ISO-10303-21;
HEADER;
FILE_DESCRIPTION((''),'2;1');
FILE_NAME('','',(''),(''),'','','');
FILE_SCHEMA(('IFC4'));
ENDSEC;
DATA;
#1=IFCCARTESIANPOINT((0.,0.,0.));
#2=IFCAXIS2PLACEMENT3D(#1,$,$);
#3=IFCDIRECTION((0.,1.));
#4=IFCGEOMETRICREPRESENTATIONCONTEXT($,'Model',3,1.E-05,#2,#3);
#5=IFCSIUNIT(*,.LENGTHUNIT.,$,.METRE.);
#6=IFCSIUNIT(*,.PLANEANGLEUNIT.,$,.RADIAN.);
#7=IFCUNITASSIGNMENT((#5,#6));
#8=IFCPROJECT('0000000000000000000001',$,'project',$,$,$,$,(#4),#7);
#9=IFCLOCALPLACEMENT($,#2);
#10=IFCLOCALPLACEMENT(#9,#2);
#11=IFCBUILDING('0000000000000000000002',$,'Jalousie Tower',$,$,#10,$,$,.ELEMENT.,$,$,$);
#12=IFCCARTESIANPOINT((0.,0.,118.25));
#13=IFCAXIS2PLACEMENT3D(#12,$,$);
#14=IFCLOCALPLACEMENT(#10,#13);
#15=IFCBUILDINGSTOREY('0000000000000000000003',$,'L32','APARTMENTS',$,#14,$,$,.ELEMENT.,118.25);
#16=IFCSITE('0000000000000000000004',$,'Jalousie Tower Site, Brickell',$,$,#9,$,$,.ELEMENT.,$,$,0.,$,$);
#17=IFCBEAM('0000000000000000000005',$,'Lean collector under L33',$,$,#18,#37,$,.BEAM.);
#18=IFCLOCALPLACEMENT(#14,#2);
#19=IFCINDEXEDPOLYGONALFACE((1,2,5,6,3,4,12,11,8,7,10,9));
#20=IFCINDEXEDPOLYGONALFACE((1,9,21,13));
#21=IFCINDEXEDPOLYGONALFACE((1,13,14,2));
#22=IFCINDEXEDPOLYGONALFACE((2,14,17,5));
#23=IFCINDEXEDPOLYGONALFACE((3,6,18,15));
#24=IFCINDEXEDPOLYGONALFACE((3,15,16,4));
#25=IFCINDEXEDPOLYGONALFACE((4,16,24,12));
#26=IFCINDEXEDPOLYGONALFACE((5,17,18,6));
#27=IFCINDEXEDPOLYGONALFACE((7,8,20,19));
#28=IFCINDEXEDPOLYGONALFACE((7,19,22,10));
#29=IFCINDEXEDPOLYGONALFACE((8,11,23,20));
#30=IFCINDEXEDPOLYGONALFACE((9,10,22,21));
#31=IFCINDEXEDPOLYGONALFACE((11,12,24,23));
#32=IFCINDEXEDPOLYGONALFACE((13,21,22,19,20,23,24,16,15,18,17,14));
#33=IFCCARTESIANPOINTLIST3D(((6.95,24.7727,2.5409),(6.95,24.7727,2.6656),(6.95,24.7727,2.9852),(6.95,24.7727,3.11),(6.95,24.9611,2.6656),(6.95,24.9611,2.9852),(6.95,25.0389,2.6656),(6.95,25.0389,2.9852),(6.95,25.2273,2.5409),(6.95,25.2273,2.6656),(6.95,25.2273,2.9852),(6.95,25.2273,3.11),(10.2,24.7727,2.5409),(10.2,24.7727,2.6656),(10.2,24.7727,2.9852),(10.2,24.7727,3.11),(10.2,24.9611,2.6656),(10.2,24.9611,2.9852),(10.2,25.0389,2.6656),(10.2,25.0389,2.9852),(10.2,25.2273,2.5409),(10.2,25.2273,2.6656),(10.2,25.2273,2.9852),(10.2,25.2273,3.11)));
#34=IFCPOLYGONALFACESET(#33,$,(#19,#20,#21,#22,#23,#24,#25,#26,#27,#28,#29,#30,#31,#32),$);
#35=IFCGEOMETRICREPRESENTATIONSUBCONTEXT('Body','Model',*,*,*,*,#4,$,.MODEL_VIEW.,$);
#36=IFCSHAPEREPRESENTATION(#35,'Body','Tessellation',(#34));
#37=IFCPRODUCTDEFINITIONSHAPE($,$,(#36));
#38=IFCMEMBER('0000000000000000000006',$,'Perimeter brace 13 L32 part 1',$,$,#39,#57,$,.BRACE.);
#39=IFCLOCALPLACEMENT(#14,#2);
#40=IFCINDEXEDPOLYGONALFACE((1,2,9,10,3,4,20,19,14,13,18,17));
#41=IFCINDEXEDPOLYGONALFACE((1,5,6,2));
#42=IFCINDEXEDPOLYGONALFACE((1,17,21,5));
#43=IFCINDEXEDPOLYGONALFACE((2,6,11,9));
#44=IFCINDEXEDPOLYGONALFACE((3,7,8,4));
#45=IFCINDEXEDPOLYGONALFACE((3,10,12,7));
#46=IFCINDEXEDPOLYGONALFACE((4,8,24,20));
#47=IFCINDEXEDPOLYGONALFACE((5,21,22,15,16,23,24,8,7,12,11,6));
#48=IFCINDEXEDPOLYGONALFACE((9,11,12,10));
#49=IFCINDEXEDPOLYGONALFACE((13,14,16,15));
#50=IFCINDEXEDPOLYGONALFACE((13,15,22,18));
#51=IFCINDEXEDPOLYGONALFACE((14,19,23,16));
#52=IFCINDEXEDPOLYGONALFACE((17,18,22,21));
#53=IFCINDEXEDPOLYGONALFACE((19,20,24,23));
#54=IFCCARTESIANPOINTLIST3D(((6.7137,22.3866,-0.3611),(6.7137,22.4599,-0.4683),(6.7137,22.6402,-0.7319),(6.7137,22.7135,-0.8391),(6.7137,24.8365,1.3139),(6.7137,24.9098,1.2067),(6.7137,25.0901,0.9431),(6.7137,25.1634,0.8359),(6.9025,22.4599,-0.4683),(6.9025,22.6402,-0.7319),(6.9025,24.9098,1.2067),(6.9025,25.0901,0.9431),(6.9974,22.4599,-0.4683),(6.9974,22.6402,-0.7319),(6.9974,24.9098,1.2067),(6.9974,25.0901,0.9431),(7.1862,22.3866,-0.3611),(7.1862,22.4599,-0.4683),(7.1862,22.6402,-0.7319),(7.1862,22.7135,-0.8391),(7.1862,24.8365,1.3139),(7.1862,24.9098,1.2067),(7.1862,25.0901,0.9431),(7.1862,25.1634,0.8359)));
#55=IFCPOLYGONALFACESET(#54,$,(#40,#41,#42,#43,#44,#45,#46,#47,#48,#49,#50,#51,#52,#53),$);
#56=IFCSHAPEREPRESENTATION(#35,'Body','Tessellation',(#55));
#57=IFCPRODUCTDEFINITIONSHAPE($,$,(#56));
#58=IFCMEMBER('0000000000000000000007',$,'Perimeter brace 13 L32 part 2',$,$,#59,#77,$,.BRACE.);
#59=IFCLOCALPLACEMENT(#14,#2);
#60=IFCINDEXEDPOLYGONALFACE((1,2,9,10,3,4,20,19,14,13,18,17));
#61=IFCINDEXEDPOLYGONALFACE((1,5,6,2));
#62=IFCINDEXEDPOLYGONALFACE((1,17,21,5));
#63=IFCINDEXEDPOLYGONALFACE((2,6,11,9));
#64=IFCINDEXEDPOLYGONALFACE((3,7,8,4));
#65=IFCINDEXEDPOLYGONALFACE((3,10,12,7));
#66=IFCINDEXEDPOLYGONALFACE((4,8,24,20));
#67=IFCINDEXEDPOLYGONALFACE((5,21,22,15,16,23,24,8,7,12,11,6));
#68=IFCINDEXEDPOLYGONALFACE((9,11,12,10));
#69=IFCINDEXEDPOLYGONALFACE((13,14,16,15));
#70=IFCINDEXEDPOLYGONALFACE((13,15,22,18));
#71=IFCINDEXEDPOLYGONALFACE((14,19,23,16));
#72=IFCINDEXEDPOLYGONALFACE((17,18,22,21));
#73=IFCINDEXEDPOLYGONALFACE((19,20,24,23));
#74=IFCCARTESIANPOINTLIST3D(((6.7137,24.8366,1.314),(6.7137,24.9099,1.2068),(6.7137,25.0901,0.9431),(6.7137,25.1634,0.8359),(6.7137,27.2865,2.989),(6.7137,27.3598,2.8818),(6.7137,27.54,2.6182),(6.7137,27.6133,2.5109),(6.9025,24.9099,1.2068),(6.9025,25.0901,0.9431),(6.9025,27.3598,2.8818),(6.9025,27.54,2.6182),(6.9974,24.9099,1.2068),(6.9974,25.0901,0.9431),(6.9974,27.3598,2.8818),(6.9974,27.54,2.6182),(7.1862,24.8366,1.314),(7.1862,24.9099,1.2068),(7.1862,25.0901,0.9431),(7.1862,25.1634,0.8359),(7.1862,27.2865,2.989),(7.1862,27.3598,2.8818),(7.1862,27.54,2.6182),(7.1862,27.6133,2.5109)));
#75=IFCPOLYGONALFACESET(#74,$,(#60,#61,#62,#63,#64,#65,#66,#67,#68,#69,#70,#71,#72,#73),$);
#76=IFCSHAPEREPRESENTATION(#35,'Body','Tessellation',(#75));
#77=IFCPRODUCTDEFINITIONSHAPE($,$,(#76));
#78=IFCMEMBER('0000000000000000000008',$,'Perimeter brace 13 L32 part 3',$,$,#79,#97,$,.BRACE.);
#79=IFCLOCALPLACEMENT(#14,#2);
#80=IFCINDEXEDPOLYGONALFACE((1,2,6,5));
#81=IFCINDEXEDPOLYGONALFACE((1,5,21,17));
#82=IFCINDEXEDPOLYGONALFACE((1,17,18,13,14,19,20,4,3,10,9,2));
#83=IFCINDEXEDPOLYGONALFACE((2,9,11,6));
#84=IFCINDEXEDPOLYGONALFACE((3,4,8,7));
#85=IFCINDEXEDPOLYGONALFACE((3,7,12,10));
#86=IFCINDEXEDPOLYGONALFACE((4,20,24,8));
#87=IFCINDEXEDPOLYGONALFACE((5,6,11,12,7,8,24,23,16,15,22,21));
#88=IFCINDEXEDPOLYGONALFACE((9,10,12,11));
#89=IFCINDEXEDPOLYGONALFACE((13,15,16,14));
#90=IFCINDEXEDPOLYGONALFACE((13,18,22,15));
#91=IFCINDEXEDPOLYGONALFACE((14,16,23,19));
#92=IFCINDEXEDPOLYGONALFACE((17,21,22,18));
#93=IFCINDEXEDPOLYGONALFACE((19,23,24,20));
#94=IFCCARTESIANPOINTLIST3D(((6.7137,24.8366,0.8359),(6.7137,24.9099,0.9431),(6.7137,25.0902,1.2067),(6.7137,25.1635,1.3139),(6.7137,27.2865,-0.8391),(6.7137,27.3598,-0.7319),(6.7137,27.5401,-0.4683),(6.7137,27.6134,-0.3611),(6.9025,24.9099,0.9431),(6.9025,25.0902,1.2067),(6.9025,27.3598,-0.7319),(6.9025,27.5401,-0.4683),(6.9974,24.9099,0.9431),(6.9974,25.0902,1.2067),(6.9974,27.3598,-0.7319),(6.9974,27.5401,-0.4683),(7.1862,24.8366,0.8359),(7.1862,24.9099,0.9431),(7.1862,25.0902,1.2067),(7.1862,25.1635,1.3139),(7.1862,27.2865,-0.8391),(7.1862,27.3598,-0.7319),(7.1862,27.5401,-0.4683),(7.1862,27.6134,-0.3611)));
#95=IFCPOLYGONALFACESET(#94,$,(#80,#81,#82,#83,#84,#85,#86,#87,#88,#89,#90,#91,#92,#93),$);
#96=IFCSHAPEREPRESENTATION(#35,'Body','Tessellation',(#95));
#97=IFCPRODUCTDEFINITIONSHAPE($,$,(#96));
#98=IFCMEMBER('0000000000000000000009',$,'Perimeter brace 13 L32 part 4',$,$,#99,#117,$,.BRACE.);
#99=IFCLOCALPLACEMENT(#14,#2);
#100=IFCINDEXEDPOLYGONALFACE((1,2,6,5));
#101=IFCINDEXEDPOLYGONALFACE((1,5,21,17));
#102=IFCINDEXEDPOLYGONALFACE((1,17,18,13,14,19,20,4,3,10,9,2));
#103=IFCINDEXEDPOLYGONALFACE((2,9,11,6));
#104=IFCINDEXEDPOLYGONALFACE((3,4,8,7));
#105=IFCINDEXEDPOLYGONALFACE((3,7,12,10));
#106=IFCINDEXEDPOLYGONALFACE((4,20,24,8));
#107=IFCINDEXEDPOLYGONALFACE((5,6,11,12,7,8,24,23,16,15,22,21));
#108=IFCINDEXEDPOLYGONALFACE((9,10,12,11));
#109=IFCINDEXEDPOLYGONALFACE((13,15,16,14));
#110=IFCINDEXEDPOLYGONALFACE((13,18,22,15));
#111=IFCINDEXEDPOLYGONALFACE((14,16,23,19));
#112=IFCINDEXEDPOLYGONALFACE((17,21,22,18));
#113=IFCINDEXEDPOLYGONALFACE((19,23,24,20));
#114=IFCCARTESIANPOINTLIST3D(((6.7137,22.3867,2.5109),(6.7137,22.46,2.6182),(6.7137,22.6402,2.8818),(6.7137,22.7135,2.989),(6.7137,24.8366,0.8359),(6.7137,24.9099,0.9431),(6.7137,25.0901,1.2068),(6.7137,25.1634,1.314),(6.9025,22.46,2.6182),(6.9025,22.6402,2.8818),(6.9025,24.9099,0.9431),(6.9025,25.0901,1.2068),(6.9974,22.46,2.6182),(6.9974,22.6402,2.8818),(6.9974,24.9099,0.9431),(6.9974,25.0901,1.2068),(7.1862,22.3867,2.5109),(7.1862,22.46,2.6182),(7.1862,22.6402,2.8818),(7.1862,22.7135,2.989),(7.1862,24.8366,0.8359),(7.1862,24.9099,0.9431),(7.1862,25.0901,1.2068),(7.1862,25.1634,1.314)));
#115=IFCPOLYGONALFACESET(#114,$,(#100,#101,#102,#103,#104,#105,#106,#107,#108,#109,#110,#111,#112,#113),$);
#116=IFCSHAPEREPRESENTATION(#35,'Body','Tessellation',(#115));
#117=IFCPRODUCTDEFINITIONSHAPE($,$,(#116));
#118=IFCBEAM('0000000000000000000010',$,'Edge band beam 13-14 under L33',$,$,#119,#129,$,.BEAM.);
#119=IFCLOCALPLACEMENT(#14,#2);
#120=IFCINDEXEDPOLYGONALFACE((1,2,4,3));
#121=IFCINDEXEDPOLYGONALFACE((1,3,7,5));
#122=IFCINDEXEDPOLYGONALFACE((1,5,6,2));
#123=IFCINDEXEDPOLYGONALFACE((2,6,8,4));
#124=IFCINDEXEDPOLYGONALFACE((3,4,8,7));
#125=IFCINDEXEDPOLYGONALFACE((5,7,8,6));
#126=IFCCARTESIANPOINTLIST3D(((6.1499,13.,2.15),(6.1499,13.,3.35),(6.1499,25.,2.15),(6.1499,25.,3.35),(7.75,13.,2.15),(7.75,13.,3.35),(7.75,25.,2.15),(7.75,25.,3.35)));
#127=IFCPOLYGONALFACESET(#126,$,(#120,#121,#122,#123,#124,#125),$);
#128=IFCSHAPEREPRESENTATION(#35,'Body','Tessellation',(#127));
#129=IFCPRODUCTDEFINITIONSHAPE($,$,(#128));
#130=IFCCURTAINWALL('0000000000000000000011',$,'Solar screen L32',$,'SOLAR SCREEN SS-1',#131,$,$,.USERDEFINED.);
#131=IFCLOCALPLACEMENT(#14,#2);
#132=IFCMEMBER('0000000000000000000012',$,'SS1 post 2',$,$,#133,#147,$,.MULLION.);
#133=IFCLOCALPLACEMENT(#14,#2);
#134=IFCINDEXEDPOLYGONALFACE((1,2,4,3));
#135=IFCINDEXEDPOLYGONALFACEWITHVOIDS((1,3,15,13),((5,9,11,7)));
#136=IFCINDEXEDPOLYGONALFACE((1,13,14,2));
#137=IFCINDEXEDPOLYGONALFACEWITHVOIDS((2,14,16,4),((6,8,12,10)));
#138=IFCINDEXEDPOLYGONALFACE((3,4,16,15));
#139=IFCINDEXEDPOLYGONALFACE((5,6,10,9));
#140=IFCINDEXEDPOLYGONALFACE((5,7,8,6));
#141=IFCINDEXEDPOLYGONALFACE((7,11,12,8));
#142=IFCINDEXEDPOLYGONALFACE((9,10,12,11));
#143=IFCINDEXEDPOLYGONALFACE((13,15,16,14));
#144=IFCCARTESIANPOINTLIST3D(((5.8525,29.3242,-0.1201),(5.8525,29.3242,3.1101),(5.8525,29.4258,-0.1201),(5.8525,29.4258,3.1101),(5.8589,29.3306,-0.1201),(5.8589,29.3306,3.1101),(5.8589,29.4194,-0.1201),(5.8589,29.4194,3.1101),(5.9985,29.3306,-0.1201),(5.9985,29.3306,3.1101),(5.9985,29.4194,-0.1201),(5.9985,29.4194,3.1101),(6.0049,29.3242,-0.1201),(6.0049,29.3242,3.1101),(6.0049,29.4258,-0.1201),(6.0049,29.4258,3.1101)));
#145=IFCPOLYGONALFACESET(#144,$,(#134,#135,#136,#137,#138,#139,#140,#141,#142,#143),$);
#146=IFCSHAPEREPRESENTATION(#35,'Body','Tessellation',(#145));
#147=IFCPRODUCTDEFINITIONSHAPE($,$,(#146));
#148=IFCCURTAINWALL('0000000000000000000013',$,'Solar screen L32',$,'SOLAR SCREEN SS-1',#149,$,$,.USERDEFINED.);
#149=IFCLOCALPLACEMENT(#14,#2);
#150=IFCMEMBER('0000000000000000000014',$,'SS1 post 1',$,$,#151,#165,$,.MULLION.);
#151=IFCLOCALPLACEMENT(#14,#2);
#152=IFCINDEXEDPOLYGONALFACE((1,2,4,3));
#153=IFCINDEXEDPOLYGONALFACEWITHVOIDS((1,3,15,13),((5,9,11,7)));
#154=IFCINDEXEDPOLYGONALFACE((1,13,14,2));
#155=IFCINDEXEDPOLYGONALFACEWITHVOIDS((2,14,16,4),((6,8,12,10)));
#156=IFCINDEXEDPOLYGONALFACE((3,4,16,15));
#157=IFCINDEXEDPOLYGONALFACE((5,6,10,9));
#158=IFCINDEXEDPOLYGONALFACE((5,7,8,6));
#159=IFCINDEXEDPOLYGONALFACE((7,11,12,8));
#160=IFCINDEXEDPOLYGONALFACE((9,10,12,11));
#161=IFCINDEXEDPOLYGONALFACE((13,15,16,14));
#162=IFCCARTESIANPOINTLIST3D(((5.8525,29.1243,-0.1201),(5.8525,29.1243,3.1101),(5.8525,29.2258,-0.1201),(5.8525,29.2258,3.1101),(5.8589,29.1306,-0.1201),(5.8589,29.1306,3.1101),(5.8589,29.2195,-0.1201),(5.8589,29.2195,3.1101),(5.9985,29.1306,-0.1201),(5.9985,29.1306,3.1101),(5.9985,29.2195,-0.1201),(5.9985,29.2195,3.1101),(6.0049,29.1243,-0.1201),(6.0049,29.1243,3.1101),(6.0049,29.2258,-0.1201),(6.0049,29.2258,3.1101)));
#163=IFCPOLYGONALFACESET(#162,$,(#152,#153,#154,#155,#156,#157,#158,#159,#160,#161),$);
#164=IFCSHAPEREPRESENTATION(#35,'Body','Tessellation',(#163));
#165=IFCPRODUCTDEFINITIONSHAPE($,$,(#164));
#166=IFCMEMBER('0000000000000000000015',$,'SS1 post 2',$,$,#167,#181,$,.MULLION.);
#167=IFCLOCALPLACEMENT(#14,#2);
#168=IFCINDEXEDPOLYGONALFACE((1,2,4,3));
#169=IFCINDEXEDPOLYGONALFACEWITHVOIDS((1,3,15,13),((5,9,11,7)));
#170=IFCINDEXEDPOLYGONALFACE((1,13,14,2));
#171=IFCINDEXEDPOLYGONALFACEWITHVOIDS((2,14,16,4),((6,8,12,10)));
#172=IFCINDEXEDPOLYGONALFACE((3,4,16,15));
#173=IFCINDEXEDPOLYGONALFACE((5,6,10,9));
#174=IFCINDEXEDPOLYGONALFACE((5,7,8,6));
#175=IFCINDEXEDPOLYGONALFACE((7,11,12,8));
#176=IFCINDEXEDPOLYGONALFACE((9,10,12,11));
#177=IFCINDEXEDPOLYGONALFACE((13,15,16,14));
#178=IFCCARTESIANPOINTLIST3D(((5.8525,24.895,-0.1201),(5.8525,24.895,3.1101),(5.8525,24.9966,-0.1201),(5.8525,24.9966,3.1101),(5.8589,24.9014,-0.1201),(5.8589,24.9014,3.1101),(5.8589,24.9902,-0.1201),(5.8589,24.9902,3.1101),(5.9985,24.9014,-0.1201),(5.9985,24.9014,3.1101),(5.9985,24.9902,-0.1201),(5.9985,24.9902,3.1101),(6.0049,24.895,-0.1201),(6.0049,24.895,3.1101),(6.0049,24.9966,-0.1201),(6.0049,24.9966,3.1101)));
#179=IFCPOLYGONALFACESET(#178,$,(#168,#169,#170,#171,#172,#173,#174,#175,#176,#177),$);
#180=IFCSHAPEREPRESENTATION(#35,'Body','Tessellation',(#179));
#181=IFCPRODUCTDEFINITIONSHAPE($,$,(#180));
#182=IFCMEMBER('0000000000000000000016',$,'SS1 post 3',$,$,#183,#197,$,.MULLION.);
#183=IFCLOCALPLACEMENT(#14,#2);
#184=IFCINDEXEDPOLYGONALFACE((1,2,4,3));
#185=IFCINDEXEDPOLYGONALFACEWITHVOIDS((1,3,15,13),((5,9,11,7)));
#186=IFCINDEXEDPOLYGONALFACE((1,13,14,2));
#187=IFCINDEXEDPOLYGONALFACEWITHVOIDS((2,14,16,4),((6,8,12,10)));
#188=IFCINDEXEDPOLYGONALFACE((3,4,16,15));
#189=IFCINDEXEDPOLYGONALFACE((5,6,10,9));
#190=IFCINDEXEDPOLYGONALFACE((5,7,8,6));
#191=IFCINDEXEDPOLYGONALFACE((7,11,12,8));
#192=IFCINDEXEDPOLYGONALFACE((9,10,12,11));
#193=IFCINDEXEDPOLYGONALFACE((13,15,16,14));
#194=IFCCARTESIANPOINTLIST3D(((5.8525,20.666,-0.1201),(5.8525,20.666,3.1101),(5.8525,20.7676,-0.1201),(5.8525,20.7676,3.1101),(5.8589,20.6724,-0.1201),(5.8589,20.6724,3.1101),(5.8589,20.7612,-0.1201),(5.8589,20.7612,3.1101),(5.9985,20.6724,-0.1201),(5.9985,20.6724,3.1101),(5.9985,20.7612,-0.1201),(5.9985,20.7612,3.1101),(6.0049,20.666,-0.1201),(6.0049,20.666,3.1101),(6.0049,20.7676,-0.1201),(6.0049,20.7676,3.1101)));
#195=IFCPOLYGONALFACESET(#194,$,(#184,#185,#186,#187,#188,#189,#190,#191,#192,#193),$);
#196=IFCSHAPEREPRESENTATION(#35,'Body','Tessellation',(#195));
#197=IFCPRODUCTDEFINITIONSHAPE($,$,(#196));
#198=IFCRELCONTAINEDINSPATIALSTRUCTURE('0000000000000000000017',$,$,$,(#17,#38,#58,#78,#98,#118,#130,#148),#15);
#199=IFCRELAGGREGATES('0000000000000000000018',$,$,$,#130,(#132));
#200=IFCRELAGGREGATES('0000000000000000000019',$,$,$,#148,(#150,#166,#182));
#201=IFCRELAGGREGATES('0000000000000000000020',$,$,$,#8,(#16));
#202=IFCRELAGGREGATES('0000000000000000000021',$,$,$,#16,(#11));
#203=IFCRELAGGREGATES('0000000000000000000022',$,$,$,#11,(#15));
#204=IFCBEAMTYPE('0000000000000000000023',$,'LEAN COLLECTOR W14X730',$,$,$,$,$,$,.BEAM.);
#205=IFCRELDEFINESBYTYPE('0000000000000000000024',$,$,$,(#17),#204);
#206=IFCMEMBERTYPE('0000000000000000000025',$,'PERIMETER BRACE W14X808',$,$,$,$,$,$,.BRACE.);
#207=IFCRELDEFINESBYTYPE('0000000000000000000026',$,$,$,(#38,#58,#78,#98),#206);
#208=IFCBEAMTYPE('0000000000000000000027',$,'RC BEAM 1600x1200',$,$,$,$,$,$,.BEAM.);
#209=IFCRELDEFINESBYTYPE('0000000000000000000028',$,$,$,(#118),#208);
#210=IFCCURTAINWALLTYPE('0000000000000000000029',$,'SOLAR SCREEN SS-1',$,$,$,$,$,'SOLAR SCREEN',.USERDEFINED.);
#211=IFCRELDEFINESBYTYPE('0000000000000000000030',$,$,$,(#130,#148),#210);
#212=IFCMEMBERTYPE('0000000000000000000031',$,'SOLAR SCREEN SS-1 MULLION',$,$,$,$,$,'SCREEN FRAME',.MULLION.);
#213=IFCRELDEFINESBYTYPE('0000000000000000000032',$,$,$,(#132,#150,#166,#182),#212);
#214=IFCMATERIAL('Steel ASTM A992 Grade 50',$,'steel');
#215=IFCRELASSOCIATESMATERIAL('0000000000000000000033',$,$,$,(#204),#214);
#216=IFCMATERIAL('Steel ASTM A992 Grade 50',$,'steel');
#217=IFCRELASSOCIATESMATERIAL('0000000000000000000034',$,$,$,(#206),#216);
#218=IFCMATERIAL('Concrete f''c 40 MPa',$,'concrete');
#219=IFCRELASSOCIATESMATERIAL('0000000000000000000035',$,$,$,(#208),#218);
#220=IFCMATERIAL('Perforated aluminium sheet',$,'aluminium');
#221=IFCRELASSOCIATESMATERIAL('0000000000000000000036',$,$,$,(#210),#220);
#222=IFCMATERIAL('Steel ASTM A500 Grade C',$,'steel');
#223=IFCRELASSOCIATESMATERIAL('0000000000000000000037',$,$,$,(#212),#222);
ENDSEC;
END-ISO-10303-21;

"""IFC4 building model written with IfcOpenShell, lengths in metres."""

from ifc_helpers import new_model, si_unit, direction, frame, origin, origin_2d, place, context, subcontext, project, spatial, rectangle, hollow_rectangle, i_section, extrude, material, material_profile, profile_set, type_object, element, aggregate, save


model = new_model("IFC4")

# Units and contexts
model_context = context("Model", 3, precision=1e-05, world=origin(), true_north=direction((0.0, 1.0)))
body_context = subcontext(model_context, "Body", "Model", "MODEL_VIEW")
ifc_project = project(units=[si_unit("LENGTHUNIT", "METRE"), si_unit("PLANEANGLEUNIT", "RADIAN")], contexts=[model_context])

# Site, building, storey
site_placement = place(None, origin())
site = spatial("IfcSite", under=ifc_project, at=site_placement, Name="Jalousie Tower Site, Brickell", CompositionType="ELEMENT", RefElevation=0.0)
building_placement = place(site_placement, origin())
building = spatial("IfcBuilding", under=site, at=building_placement, Name="Jalousie Tower", CompositionType="ELEMENT")
storey_placement = place(building_placement, frame((0.0, 0.0, 118.25)))
storey = spatial("IfcBuildingStorey", under=building, at=storey_placement, Name="L32", Description="APARTMENTS", CompositionType="ELEMENT", Elevation=118.25)

# Beam
ifc_material_1 = material(Name="Steel ASTM A992 Grade 50", Category="steel")
ifc_material_profile_1 = material_profile(ifc_material_1, i_section(OverallWidth=0.4546, OverallDepth=0.5691, WebThickness=0.0779, FlangeThickness=0.1248, at=origin_2d()), Name="W14X730")
ifc_profile_set_1 = profile_set([ifc_material_profile_1], Name="Steel ASTM A992 Grade 50")
beam_type_1 = type_object("IfcBeamType", Name="LEAN COLLECTOR W14X730", PredefinedType="BEAM", material=ifc_profile_set_1)
beam_1_placement = place(storey_placement, frame((6.95, 25.0, 2.8254), z_axis=(1.0, 0.0, 0.0), x_axis=(0.0, 1.0, 0.0)))
element("IfcBeam", 1, at=beam_1_placement, inside=storey, type_object=beam_type_1, Name="Lean collector under L33", PredefinedType="BEAM", context=body_context, shape_type="SweptSolid", body=[
    extrude(i_section(OverallWidth=0.4546, OverallDepth=0.5691, WebThickness=0.0779, FlangeThickness=0.1248, at=origin_2d()), origin(), (0.0, 0.0, 1.0), 3.25),
])

# Members
ifc_material_2 = material(Name="Steel ASTM A992 Grade 50", Category="steel")
ifc_material_profile_2 = material_profile(ifc_material_2, i_section(OverallWidth=0.4724, OverallDepth=0.5791, WebThickness=0.095, FlangeThickness=0.1299, at=origin_2d()), Name="W14X808")
ifc_profile_set_2 = profile_set([ifc_material_profile_2], Name="Steel ASTM A992 Grade 50")
member_type_1 = type_object("IfcMemberType", Name="PERIMETER BRACE W14X808", PredefinedType="BRACE", material=ifc_profile_set_2)
for number, where, z_axis, x_axis, name in (
    (2, (6.95, 22.55, -0.6001), (0.0, 0.825501, 0.564401), (-1.0, 0.0, 0.0), "Perimeter brace 13 L32 part 1"),
    (3, (6.95, 25.0, 1.075), (0.0, 0.825501, 0.564401), (-1.0, 0.0, 0.0), "Perimeter brace 13 L32 part 2"),
    (4, (6.95, 27.45, -0.6001), (0.0, -0.825501, 0.564401), (1.0, 0.0, 0.0), "Perimeter brace 13 L32 part 3"),
    (5, (6.95, 25.0, 1.075), (0.0, -0.825501, 0.564401), (1.0, 0.0, 0.0), "Perimeter brace 13 L32 part 4"),
):
    element("IfcMember", number, at=place(storey_placement, frame(where, z_axis=z_axis, x_axis=x_axis)), inside=storey, type_object=member_type_1, Name=name, PredefinedType="BRACE", context=body_context, shape_type="SweptSolid", body=[
        extrude(i_section(OverallWidth=0.4724, OverallDepth=0.5791, WebThickness=0.095, FlangeThickness=0.1299, at=origin_2d()), origin(), (0.0, 0.0, 1.0), 2.9678),
    ])

# Beam
ifc_material_3 = material(Name="Concrete f'c 40 MPa", Category="concrete")
ifc_material_profile_3 = material_profile(ifc_material_3, rectangle(XDim=1.6001, YDim=1.2, at=origin_2d()), Name="RC 1600x1200")
ifc_profile_set_3 = profile_set([ifc_material_profile_3], Name="Concrete f'c 40 MPa")
beam_type_2 = type_object("IfcBeamType", Name="RC BEAM 1600x1200", PredefinedType="BEAM", material=ifc_profile_set_3)
beam_2_placement = place(storey_placement, frame((6.95, 25.0, 2.75), z_axis=(0.0, -1.0, 0.0), x_axis=(1.0, 0.0, 0.0)))
element("IfcBeam", 6, at=beam_2_placement, inside=storey, type_object=beam_type_2, Name="Edge band beam 13-14 under L33", PredefinedType="BEAM", context=body_context, shape_type="SweptSolid", body=[
    extrude(rectangle(XDim=1.6001, YDim=1.2, at=origin_2d()), origin(), (0.0, 0.0, 1.0), 12.0),
])

# Curtain wall, member
ifc_material_4 = material(Name="Perforated aluminium sheet", Category="aluminium")
curtain_wall_type = type_object("IfcCurtainWallType", Name="SOLAR SCREEN SS-1", ElementType="SOLAR SCREEN", PredefinedType="USERDEFINED", material=ifc_material_4)
curtain_wall_1_placement = place(storey_placement, origin())
curtain_wall_1 = element("IfcCurtainWall", 7, at=curtain_wall_1_placement, inside=storey, type_object=curtain_wall_type, Name="Solar screen L32", ObjectType="SOLAR SCREEN SS-1", PredefinedType="USERDEFINED")
ifc_material_5 = material(Name="Steel ASTM A500 Grade C", Category="steel")
ifc_material_profile_4 = material_profile(ifc_material_5, hollow_rectangle(XDim=0.1016, YDim=0.1523, WallThickness=0.0063, at=origin_2d()), Name="HSS6X4X1/4")
ifc_profile_set_4 = profile_set([ifc_material_profile_4], Name="Steel ASTM A500 Grade C")
member_type_2 = type_object("IfcMemberType", Name="SOLAR SCREEN SS-1 MULLION", ElementType="SCREEN FRAME", PredefinedType="MULLION", material=ifc_profile_set_4)
member_1_placement = place(storey_placement, frame((5.9287, 29.375, -0.1201), z_axis=(0.0, 0.0, 1.0), x_axis=(0.0, -1.0, 0.0)))
member_1 = element("IfcMember", 8, at=member_1_placement, type_object=member_type_2, Name="SS1 post 2", PredefinedType="MULLION", context=body_context, shape_type="SweptSolid", body=[
    extrude(hollow_rectangle(XDim=0.1016, YDim=0.1523, WallThickness=0.0063, at=origin_2d()), origin(), (0.0, 0.0, 1.0), 3.2302),
])

# Curtain wall, members
curtain_wall_2_placement = place(storey_placement, origin())
curtain_wall_2 = element("IfcCurtainWall", 9, at=curtain_wall_2_placement, inside=storey, type_object=curtain_wall_type, Name="Solar screen L32", ObjectType="SOLAR SCREEN SS-1", PredefinedType="USERDEFINED")
member_2_placement = place(storey_placement, frame((5.9287, 29.175, -0.1201), z_axis=(0.0, 0.0, 1.0), x_axis=(0.0, -1.0, 0.0)))
member_2 = element("IfcMember", 10, at=member_2_placement, type_object=member_type_2, Name="SS1 post 1", PredefinedType="MULLION", context=body_context, shape_type="SweptSolid", body=[
    extrude(hollow_rectangle(XDim=0.1016, YDim=0.1523, WallThickness=0.0063, at=origin_2d()), origin(), (0.0, 0.0, 1.0), 3.2302),
])
member_3_placement = place(storey_placement, frame((5.9287, 24.9458, -0.1201), z_axis=(0.0, 0.0, 1.0), x_axis=(0.0, -1.0, 0.0)))
member_3 = element("IfcMember", 11, at=member_3_placement, type_object=member_type_2, Name="SS1 post 2", PredefinedType="MULLION", context=body_context, shape_type="SweptSolid", body=[
    extrude(hollow_rectangle(XDim=0.1016, YDim=0.1523, WallThickness=0.0063, at=origin_2d()), origin(), (0.0, 0.0, 1.0), 3.2302),
])
member_4_placement = place(storey_placement, frame((5.9287, 20.7168, -0.1201), z_axis=(0.0, 0.0, 1.0), x_axis=(0.0, -1.0, 0.0)))
member_4 = element("IfcMember", 12, at=member_4_placement, type_object=member_type_2, Name="SS1 post 3", PredefinedType="MULLION", context=body_context, shape_type="SweptSolid", body=[
    extrude(hollow_rectangle(XDim=0.1016, YDim=0.1523, WallThickness=0.0063, at=origin_2d()), origin(), (0.0, 0.0, 1.0), 3.2302),
])

aggregate(curtain_wall_1, [member_1])
aggregate(curtain_wall_2, [member_2, member_3, member_4])

save(model, "model.ifc")
